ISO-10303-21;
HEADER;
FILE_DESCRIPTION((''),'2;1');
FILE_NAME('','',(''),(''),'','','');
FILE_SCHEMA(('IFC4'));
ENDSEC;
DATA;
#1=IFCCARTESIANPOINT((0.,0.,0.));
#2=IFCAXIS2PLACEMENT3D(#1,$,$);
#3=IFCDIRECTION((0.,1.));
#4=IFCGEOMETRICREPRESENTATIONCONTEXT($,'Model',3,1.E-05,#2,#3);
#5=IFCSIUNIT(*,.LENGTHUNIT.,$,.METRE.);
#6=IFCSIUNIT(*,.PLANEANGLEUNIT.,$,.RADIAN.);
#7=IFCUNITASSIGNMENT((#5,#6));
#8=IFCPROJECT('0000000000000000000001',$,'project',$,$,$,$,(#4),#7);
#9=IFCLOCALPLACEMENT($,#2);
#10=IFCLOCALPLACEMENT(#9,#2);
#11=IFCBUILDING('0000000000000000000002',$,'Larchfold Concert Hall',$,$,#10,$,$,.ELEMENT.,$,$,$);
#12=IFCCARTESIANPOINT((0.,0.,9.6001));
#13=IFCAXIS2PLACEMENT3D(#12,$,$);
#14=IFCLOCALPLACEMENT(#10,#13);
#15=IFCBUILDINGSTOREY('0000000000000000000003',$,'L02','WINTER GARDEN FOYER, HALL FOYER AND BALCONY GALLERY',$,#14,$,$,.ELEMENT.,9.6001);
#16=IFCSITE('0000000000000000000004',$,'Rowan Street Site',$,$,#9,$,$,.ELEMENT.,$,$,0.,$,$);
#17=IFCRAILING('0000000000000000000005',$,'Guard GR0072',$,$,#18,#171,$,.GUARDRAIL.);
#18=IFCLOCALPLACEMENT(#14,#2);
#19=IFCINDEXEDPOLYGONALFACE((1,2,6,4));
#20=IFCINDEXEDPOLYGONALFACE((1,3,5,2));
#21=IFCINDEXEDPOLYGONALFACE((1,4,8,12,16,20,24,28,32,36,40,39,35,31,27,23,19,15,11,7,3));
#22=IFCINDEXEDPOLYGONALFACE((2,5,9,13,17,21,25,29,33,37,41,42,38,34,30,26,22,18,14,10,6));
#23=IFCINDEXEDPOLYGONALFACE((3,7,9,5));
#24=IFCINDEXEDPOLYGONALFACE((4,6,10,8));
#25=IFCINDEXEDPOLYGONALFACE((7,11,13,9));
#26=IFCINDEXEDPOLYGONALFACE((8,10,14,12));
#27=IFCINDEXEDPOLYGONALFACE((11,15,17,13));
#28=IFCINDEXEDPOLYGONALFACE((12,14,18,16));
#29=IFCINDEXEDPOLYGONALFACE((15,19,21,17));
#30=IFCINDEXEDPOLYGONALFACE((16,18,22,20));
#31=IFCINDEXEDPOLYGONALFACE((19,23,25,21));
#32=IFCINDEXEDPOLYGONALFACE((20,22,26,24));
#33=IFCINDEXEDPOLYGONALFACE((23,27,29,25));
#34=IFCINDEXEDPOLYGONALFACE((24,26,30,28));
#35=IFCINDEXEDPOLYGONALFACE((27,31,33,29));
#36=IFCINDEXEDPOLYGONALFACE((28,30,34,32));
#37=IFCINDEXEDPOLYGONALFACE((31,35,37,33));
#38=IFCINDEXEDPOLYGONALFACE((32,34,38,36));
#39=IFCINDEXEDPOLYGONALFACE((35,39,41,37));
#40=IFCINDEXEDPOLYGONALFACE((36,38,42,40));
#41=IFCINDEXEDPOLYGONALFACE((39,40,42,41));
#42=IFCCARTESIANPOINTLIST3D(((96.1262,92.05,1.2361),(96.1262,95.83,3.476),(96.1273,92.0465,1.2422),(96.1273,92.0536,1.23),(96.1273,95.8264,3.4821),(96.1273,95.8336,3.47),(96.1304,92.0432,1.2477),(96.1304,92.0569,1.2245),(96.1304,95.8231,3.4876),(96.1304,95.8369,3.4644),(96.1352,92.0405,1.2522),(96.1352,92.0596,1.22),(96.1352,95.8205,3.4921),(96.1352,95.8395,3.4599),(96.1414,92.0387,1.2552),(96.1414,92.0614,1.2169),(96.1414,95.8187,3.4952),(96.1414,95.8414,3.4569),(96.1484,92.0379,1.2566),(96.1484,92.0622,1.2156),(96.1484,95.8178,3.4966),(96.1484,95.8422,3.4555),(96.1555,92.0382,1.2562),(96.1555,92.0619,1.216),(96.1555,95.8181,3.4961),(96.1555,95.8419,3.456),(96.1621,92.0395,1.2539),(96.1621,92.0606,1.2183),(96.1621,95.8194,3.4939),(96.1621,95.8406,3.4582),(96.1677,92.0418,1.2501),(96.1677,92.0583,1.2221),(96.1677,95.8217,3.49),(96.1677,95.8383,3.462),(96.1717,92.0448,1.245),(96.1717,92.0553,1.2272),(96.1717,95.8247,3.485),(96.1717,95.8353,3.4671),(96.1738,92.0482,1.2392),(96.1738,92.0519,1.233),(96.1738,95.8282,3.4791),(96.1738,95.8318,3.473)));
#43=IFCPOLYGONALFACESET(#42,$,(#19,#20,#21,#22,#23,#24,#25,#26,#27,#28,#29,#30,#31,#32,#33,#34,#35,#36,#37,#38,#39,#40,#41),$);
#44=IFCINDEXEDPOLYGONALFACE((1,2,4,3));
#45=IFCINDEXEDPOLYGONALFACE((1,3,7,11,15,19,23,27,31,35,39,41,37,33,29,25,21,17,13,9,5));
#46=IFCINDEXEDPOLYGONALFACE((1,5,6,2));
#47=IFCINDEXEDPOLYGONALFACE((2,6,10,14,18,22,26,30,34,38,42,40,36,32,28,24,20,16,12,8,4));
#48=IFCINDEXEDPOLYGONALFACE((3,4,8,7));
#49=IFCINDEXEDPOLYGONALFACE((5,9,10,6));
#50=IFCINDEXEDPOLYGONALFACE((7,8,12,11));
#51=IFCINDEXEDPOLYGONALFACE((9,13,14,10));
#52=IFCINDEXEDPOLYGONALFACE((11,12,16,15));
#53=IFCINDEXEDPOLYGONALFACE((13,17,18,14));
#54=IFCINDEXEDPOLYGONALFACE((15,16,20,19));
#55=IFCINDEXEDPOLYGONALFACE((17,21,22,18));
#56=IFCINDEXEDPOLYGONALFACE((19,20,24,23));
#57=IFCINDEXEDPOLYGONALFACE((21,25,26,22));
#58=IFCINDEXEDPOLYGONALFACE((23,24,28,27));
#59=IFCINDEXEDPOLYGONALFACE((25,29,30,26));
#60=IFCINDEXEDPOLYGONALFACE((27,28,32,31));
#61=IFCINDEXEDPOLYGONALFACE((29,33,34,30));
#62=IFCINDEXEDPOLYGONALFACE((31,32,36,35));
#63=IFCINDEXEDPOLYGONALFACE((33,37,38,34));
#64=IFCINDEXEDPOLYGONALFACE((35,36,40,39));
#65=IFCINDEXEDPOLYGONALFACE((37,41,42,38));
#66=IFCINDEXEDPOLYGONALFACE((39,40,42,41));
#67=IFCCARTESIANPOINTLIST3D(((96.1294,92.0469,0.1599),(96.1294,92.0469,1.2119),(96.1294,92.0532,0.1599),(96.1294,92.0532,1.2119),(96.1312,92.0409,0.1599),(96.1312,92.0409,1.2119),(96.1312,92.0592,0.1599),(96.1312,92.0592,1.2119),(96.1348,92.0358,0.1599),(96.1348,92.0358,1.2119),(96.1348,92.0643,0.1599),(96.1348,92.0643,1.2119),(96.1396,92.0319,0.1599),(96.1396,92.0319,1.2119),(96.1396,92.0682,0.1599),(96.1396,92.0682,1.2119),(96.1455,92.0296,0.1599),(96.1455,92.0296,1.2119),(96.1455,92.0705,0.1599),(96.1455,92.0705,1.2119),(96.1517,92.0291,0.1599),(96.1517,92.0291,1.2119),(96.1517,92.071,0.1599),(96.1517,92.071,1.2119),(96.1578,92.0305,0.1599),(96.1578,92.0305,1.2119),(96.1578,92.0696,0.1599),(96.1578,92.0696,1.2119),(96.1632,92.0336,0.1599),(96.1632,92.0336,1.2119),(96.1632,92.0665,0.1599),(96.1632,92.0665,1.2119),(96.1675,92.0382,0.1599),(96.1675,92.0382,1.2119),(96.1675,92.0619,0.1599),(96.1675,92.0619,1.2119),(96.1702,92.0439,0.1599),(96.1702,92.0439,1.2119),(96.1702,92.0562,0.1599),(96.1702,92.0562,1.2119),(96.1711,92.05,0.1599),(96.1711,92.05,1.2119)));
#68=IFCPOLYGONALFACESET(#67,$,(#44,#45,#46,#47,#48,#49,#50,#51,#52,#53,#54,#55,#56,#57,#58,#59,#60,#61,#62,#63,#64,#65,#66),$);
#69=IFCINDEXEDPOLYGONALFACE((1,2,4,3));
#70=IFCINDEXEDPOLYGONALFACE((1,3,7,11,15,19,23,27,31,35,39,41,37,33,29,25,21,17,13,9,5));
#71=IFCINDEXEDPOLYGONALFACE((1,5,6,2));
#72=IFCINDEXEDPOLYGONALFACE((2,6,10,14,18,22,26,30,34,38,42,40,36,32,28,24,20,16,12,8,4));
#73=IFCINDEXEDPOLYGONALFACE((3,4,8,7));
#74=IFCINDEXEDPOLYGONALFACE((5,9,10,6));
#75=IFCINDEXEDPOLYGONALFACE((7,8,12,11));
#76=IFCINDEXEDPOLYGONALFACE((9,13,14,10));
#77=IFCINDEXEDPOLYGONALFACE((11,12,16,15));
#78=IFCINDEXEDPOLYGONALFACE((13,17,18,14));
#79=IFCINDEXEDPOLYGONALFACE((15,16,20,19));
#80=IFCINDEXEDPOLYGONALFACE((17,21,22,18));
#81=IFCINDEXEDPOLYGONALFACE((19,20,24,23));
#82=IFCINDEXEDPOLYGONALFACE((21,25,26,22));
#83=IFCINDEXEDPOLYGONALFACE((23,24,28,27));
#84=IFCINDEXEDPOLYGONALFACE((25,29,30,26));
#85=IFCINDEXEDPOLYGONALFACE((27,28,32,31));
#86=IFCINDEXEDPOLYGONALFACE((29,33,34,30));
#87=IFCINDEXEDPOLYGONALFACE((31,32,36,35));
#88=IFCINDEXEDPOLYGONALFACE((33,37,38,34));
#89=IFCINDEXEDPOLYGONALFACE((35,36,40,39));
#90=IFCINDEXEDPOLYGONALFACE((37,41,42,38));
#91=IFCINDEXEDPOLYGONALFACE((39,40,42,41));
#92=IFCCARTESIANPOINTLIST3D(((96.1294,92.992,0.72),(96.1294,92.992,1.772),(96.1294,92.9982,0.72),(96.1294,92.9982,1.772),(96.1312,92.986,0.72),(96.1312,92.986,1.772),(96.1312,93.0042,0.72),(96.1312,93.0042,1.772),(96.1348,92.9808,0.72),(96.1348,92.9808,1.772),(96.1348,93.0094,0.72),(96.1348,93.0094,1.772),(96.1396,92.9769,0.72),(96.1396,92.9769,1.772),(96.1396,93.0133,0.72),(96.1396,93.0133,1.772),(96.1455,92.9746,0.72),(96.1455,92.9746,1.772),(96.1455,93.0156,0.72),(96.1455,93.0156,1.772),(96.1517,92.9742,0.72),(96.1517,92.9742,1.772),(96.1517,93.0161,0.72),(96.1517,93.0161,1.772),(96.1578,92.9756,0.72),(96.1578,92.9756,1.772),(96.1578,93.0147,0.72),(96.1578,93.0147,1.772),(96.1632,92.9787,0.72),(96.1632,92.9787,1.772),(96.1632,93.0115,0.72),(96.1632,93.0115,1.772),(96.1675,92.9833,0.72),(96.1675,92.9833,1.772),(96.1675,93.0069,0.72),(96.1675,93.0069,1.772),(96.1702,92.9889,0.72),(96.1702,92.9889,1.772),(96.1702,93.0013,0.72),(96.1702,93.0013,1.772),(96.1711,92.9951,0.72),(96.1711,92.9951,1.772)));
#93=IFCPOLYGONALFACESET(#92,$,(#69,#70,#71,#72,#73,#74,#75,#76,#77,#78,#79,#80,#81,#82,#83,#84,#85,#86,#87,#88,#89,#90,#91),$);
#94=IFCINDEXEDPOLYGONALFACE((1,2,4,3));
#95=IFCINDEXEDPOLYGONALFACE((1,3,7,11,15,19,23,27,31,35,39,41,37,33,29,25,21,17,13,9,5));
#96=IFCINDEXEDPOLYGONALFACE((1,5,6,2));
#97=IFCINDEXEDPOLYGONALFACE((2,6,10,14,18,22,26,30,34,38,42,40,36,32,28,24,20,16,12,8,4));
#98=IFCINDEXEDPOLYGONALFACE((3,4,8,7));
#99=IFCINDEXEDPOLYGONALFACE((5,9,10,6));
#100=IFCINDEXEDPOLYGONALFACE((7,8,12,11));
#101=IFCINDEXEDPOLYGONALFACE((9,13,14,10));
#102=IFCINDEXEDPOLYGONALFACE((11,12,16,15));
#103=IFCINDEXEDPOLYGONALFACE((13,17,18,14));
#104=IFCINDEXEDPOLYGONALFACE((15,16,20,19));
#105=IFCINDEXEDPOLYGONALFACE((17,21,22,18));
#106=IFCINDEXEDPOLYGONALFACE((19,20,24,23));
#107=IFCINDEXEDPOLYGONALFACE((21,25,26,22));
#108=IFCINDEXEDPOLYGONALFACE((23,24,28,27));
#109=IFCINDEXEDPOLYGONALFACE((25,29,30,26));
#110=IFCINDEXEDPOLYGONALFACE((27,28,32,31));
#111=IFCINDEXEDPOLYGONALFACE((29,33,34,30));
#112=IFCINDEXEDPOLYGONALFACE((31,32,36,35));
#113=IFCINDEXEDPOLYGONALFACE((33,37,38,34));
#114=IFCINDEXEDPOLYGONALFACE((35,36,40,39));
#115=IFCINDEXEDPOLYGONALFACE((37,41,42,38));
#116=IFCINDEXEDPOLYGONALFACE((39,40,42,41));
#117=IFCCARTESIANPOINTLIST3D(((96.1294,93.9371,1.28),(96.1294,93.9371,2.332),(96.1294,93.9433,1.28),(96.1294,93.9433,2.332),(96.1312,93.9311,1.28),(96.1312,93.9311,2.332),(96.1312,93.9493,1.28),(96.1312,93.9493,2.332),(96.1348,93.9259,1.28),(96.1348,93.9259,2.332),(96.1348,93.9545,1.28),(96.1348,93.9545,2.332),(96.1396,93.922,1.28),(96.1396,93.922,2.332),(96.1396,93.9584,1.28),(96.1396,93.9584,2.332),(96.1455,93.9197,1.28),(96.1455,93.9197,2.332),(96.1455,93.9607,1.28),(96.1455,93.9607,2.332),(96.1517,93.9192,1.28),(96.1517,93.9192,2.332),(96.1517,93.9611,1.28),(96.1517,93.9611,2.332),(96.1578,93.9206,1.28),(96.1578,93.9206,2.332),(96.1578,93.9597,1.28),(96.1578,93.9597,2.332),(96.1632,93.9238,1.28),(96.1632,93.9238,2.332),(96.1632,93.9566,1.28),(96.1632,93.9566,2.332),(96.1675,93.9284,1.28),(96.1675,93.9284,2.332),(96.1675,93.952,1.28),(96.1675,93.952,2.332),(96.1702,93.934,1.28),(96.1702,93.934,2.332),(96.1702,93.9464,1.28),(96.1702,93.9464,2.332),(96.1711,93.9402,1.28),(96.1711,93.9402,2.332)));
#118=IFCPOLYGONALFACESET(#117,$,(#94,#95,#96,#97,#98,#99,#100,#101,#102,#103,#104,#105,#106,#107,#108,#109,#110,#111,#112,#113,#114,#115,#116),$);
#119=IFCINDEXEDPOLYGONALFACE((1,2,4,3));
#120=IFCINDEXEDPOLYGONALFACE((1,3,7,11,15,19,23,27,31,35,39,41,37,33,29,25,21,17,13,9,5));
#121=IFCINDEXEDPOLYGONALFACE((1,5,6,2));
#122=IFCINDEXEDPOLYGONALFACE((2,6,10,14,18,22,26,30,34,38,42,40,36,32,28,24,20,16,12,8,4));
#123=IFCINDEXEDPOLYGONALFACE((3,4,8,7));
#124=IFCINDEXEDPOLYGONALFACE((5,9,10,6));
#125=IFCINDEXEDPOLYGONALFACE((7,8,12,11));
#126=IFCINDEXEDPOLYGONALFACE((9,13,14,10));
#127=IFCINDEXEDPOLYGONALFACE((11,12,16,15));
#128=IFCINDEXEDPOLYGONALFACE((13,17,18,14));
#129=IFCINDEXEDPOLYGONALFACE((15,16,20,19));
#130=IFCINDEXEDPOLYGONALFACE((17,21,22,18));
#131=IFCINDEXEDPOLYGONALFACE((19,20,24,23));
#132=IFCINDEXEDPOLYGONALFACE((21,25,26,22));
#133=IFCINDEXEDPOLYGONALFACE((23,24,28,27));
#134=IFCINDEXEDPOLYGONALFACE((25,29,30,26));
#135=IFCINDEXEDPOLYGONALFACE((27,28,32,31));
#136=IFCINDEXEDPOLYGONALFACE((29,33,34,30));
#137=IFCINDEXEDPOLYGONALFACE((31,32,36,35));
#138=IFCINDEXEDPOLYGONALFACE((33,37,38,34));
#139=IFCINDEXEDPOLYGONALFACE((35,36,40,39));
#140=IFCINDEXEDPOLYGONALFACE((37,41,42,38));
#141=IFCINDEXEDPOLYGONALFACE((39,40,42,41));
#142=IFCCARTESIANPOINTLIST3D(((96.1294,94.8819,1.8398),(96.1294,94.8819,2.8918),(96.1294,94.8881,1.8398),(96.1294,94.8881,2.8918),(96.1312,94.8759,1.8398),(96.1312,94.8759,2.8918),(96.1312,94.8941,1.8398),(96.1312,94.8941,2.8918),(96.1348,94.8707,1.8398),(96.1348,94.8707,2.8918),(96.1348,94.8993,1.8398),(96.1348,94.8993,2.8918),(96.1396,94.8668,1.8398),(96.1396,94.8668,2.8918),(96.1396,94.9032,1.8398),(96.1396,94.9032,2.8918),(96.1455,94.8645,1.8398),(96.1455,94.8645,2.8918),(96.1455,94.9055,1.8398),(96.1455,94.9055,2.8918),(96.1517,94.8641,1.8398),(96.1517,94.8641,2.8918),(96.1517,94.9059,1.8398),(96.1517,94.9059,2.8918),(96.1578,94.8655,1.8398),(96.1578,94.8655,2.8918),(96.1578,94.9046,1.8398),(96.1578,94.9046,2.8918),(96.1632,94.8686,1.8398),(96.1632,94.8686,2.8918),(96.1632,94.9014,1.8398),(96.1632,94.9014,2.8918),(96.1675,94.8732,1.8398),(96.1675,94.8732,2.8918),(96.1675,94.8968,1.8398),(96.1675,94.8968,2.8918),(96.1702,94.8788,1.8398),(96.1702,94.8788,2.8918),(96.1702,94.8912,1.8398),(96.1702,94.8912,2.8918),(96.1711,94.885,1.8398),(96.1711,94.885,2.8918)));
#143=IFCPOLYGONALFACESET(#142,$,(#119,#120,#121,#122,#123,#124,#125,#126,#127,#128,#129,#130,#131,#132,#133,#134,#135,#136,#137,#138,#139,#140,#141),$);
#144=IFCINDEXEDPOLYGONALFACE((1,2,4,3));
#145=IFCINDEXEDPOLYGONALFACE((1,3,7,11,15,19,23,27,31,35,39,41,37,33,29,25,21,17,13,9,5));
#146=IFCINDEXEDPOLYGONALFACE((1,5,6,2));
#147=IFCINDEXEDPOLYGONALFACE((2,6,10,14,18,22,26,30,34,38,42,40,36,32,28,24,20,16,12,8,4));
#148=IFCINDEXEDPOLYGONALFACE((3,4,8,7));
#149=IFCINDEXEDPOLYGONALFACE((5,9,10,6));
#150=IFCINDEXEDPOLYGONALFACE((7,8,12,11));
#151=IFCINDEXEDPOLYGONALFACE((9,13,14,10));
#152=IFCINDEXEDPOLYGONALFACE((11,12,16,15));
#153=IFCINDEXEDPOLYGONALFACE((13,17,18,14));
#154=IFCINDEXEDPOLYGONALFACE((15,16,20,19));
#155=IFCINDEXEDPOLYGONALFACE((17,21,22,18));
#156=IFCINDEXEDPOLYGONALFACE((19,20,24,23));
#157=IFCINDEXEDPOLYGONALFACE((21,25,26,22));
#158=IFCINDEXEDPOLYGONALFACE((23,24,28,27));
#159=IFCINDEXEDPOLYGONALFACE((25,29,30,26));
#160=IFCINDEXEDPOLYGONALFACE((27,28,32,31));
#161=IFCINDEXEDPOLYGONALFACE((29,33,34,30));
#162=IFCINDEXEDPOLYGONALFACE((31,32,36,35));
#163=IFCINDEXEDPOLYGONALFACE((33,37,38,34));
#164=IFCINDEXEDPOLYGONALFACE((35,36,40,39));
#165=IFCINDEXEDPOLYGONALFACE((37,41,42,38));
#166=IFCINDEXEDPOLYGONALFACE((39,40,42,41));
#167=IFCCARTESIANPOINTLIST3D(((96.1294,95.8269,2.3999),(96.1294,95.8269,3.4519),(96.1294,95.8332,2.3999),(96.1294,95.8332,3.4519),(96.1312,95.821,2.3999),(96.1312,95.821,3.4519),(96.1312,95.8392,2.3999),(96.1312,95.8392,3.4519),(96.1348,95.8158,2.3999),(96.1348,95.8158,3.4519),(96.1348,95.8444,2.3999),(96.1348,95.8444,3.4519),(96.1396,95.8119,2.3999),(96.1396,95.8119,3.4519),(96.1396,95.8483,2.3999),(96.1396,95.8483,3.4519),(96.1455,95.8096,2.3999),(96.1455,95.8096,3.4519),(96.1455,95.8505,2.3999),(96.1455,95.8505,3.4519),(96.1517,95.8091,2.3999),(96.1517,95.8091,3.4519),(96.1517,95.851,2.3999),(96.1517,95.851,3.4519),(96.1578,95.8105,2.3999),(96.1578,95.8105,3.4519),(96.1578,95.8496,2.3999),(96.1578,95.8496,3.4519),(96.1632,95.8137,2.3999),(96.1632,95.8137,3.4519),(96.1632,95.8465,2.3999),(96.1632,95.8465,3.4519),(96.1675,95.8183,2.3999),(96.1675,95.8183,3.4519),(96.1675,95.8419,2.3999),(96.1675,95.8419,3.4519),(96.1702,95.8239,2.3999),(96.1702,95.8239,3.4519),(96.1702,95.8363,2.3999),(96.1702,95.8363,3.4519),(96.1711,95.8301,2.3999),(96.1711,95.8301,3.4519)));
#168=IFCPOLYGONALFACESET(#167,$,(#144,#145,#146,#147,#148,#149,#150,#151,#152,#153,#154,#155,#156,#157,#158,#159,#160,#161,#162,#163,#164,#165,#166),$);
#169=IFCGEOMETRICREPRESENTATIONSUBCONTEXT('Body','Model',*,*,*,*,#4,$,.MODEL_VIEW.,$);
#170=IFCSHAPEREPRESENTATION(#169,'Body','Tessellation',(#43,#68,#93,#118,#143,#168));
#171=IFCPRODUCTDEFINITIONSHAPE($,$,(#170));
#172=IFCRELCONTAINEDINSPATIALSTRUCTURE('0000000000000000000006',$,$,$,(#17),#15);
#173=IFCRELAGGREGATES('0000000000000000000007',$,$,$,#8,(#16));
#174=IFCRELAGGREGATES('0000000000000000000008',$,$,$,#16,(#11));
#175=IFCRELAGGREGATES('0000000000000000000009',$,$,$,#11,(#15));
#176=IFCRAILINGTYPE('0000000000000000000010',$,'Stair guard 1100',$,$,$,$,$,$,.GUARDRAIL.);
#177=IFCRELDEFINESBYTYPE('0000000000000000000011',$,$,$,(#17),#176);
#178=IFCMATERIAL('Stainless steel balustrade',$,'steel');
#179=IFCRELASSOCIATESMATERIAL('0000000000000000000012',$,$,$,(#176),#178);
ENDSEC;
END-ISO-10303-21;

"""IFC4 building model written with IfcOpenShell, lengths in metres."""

from ifc_helpers import new_model, si_unit, direction, frame, origin, origin_2d, place, context, subcontext, project, spatial, circle, extrude, material, type_object, element, save


model = new_model("IFC4")

# Units and contexts
model_context = context("Model", 3, precision=1e-05, world=origin(), true_north=direction((0.0, 1.0)))
body_context = subcontext(model_context, "Body", "Model", "MODEL_VIEW")
ifc_project = project(units=[si_unit("LENGTHUNIT", "METRE"), si_unit("PLANEANGLEUNIT", "RADIAN")], contexts=[model_context])

# Site, building, storey
site_placement = place(None, origin())
site = spatial("IfcSite", under=ifc_project, at=site_placement, Name="Rowan Street Site", CompositionType="ELEMENT", RefElevation=0.0)
building_placement = place(site_placement, origin())
building = spatial("IfcBuilding", under=site, at=building_placement, Name="Larchfold Concert Hall", CompositionType="ELEMENT")
storey_placement = place(building_placement, frame((0.0, 0.0, 9.6001)))
storey = spatial("IfcBuildingStorey", under=building, at=storey_placement, Name="L02", Description="WINTER GARDEN FOYER, HALL FOYER AND BALCONY GALLERY", CompositionType="ELEMENT", Elevation=9.6001)

# Railing
ifc_material_1 = material(Name="Stainless steel balustrade", Category="steel")
railing_type_1 = type_object("IfcRailingType", Name="Stair guard 1100", PredefinedType="GUARDRAIL", material=ifc_material_1)
railing_1_placement = place(storey_placement, frame((96.1501, 92.05, 0.1599)))
element("IfcRailing", 1, at=railing_1_placement, inside=storey, type_object=railing_type_1, Name="Guard GR0072", PredefinedType="GUARDRAIL", context=body_context, shape_type="SweptSolid", body=[
    extrude(circle(Radius=0.0239, at=origin_2d()), frame((0.0, 0.0, 1.0762), z_axis=(0.0, 0.860294, 0.509798), x_axis=(-1.0, 0.0, 0.0)), (0.0, 0.0, 1.0), 4.3938),
    extrude(circle(Radius=0.021, at=origin_2d()), origin(), (0.0, 0.0, 1.0), 1.052),
    extrude(circle(Radius=0.021, at=origin_2d()), frame((0.0, 0.9451, 0.5601)), (0.0, 0.0, 1.0), 1.052),
    extrude(circle(Radius=0.021, at=origin_2d()), frame((0.0, 1.8901, 1.1201)), (0.0, 0.0, 1.0), 1.052),
    extrude(circle(Radius=0.021, at=origin_2d()), frame((0.0, 2.835, 1.6799)), (0.0, 0.0, 1.0), 1.052),
    extrude(circle(Radius=0.021, at=origin_2d()), frame((0.0, 3.78, 2.24)), (0.0, 0.0, 1.0), 1.052),
])

save(model, "model.ifc")
